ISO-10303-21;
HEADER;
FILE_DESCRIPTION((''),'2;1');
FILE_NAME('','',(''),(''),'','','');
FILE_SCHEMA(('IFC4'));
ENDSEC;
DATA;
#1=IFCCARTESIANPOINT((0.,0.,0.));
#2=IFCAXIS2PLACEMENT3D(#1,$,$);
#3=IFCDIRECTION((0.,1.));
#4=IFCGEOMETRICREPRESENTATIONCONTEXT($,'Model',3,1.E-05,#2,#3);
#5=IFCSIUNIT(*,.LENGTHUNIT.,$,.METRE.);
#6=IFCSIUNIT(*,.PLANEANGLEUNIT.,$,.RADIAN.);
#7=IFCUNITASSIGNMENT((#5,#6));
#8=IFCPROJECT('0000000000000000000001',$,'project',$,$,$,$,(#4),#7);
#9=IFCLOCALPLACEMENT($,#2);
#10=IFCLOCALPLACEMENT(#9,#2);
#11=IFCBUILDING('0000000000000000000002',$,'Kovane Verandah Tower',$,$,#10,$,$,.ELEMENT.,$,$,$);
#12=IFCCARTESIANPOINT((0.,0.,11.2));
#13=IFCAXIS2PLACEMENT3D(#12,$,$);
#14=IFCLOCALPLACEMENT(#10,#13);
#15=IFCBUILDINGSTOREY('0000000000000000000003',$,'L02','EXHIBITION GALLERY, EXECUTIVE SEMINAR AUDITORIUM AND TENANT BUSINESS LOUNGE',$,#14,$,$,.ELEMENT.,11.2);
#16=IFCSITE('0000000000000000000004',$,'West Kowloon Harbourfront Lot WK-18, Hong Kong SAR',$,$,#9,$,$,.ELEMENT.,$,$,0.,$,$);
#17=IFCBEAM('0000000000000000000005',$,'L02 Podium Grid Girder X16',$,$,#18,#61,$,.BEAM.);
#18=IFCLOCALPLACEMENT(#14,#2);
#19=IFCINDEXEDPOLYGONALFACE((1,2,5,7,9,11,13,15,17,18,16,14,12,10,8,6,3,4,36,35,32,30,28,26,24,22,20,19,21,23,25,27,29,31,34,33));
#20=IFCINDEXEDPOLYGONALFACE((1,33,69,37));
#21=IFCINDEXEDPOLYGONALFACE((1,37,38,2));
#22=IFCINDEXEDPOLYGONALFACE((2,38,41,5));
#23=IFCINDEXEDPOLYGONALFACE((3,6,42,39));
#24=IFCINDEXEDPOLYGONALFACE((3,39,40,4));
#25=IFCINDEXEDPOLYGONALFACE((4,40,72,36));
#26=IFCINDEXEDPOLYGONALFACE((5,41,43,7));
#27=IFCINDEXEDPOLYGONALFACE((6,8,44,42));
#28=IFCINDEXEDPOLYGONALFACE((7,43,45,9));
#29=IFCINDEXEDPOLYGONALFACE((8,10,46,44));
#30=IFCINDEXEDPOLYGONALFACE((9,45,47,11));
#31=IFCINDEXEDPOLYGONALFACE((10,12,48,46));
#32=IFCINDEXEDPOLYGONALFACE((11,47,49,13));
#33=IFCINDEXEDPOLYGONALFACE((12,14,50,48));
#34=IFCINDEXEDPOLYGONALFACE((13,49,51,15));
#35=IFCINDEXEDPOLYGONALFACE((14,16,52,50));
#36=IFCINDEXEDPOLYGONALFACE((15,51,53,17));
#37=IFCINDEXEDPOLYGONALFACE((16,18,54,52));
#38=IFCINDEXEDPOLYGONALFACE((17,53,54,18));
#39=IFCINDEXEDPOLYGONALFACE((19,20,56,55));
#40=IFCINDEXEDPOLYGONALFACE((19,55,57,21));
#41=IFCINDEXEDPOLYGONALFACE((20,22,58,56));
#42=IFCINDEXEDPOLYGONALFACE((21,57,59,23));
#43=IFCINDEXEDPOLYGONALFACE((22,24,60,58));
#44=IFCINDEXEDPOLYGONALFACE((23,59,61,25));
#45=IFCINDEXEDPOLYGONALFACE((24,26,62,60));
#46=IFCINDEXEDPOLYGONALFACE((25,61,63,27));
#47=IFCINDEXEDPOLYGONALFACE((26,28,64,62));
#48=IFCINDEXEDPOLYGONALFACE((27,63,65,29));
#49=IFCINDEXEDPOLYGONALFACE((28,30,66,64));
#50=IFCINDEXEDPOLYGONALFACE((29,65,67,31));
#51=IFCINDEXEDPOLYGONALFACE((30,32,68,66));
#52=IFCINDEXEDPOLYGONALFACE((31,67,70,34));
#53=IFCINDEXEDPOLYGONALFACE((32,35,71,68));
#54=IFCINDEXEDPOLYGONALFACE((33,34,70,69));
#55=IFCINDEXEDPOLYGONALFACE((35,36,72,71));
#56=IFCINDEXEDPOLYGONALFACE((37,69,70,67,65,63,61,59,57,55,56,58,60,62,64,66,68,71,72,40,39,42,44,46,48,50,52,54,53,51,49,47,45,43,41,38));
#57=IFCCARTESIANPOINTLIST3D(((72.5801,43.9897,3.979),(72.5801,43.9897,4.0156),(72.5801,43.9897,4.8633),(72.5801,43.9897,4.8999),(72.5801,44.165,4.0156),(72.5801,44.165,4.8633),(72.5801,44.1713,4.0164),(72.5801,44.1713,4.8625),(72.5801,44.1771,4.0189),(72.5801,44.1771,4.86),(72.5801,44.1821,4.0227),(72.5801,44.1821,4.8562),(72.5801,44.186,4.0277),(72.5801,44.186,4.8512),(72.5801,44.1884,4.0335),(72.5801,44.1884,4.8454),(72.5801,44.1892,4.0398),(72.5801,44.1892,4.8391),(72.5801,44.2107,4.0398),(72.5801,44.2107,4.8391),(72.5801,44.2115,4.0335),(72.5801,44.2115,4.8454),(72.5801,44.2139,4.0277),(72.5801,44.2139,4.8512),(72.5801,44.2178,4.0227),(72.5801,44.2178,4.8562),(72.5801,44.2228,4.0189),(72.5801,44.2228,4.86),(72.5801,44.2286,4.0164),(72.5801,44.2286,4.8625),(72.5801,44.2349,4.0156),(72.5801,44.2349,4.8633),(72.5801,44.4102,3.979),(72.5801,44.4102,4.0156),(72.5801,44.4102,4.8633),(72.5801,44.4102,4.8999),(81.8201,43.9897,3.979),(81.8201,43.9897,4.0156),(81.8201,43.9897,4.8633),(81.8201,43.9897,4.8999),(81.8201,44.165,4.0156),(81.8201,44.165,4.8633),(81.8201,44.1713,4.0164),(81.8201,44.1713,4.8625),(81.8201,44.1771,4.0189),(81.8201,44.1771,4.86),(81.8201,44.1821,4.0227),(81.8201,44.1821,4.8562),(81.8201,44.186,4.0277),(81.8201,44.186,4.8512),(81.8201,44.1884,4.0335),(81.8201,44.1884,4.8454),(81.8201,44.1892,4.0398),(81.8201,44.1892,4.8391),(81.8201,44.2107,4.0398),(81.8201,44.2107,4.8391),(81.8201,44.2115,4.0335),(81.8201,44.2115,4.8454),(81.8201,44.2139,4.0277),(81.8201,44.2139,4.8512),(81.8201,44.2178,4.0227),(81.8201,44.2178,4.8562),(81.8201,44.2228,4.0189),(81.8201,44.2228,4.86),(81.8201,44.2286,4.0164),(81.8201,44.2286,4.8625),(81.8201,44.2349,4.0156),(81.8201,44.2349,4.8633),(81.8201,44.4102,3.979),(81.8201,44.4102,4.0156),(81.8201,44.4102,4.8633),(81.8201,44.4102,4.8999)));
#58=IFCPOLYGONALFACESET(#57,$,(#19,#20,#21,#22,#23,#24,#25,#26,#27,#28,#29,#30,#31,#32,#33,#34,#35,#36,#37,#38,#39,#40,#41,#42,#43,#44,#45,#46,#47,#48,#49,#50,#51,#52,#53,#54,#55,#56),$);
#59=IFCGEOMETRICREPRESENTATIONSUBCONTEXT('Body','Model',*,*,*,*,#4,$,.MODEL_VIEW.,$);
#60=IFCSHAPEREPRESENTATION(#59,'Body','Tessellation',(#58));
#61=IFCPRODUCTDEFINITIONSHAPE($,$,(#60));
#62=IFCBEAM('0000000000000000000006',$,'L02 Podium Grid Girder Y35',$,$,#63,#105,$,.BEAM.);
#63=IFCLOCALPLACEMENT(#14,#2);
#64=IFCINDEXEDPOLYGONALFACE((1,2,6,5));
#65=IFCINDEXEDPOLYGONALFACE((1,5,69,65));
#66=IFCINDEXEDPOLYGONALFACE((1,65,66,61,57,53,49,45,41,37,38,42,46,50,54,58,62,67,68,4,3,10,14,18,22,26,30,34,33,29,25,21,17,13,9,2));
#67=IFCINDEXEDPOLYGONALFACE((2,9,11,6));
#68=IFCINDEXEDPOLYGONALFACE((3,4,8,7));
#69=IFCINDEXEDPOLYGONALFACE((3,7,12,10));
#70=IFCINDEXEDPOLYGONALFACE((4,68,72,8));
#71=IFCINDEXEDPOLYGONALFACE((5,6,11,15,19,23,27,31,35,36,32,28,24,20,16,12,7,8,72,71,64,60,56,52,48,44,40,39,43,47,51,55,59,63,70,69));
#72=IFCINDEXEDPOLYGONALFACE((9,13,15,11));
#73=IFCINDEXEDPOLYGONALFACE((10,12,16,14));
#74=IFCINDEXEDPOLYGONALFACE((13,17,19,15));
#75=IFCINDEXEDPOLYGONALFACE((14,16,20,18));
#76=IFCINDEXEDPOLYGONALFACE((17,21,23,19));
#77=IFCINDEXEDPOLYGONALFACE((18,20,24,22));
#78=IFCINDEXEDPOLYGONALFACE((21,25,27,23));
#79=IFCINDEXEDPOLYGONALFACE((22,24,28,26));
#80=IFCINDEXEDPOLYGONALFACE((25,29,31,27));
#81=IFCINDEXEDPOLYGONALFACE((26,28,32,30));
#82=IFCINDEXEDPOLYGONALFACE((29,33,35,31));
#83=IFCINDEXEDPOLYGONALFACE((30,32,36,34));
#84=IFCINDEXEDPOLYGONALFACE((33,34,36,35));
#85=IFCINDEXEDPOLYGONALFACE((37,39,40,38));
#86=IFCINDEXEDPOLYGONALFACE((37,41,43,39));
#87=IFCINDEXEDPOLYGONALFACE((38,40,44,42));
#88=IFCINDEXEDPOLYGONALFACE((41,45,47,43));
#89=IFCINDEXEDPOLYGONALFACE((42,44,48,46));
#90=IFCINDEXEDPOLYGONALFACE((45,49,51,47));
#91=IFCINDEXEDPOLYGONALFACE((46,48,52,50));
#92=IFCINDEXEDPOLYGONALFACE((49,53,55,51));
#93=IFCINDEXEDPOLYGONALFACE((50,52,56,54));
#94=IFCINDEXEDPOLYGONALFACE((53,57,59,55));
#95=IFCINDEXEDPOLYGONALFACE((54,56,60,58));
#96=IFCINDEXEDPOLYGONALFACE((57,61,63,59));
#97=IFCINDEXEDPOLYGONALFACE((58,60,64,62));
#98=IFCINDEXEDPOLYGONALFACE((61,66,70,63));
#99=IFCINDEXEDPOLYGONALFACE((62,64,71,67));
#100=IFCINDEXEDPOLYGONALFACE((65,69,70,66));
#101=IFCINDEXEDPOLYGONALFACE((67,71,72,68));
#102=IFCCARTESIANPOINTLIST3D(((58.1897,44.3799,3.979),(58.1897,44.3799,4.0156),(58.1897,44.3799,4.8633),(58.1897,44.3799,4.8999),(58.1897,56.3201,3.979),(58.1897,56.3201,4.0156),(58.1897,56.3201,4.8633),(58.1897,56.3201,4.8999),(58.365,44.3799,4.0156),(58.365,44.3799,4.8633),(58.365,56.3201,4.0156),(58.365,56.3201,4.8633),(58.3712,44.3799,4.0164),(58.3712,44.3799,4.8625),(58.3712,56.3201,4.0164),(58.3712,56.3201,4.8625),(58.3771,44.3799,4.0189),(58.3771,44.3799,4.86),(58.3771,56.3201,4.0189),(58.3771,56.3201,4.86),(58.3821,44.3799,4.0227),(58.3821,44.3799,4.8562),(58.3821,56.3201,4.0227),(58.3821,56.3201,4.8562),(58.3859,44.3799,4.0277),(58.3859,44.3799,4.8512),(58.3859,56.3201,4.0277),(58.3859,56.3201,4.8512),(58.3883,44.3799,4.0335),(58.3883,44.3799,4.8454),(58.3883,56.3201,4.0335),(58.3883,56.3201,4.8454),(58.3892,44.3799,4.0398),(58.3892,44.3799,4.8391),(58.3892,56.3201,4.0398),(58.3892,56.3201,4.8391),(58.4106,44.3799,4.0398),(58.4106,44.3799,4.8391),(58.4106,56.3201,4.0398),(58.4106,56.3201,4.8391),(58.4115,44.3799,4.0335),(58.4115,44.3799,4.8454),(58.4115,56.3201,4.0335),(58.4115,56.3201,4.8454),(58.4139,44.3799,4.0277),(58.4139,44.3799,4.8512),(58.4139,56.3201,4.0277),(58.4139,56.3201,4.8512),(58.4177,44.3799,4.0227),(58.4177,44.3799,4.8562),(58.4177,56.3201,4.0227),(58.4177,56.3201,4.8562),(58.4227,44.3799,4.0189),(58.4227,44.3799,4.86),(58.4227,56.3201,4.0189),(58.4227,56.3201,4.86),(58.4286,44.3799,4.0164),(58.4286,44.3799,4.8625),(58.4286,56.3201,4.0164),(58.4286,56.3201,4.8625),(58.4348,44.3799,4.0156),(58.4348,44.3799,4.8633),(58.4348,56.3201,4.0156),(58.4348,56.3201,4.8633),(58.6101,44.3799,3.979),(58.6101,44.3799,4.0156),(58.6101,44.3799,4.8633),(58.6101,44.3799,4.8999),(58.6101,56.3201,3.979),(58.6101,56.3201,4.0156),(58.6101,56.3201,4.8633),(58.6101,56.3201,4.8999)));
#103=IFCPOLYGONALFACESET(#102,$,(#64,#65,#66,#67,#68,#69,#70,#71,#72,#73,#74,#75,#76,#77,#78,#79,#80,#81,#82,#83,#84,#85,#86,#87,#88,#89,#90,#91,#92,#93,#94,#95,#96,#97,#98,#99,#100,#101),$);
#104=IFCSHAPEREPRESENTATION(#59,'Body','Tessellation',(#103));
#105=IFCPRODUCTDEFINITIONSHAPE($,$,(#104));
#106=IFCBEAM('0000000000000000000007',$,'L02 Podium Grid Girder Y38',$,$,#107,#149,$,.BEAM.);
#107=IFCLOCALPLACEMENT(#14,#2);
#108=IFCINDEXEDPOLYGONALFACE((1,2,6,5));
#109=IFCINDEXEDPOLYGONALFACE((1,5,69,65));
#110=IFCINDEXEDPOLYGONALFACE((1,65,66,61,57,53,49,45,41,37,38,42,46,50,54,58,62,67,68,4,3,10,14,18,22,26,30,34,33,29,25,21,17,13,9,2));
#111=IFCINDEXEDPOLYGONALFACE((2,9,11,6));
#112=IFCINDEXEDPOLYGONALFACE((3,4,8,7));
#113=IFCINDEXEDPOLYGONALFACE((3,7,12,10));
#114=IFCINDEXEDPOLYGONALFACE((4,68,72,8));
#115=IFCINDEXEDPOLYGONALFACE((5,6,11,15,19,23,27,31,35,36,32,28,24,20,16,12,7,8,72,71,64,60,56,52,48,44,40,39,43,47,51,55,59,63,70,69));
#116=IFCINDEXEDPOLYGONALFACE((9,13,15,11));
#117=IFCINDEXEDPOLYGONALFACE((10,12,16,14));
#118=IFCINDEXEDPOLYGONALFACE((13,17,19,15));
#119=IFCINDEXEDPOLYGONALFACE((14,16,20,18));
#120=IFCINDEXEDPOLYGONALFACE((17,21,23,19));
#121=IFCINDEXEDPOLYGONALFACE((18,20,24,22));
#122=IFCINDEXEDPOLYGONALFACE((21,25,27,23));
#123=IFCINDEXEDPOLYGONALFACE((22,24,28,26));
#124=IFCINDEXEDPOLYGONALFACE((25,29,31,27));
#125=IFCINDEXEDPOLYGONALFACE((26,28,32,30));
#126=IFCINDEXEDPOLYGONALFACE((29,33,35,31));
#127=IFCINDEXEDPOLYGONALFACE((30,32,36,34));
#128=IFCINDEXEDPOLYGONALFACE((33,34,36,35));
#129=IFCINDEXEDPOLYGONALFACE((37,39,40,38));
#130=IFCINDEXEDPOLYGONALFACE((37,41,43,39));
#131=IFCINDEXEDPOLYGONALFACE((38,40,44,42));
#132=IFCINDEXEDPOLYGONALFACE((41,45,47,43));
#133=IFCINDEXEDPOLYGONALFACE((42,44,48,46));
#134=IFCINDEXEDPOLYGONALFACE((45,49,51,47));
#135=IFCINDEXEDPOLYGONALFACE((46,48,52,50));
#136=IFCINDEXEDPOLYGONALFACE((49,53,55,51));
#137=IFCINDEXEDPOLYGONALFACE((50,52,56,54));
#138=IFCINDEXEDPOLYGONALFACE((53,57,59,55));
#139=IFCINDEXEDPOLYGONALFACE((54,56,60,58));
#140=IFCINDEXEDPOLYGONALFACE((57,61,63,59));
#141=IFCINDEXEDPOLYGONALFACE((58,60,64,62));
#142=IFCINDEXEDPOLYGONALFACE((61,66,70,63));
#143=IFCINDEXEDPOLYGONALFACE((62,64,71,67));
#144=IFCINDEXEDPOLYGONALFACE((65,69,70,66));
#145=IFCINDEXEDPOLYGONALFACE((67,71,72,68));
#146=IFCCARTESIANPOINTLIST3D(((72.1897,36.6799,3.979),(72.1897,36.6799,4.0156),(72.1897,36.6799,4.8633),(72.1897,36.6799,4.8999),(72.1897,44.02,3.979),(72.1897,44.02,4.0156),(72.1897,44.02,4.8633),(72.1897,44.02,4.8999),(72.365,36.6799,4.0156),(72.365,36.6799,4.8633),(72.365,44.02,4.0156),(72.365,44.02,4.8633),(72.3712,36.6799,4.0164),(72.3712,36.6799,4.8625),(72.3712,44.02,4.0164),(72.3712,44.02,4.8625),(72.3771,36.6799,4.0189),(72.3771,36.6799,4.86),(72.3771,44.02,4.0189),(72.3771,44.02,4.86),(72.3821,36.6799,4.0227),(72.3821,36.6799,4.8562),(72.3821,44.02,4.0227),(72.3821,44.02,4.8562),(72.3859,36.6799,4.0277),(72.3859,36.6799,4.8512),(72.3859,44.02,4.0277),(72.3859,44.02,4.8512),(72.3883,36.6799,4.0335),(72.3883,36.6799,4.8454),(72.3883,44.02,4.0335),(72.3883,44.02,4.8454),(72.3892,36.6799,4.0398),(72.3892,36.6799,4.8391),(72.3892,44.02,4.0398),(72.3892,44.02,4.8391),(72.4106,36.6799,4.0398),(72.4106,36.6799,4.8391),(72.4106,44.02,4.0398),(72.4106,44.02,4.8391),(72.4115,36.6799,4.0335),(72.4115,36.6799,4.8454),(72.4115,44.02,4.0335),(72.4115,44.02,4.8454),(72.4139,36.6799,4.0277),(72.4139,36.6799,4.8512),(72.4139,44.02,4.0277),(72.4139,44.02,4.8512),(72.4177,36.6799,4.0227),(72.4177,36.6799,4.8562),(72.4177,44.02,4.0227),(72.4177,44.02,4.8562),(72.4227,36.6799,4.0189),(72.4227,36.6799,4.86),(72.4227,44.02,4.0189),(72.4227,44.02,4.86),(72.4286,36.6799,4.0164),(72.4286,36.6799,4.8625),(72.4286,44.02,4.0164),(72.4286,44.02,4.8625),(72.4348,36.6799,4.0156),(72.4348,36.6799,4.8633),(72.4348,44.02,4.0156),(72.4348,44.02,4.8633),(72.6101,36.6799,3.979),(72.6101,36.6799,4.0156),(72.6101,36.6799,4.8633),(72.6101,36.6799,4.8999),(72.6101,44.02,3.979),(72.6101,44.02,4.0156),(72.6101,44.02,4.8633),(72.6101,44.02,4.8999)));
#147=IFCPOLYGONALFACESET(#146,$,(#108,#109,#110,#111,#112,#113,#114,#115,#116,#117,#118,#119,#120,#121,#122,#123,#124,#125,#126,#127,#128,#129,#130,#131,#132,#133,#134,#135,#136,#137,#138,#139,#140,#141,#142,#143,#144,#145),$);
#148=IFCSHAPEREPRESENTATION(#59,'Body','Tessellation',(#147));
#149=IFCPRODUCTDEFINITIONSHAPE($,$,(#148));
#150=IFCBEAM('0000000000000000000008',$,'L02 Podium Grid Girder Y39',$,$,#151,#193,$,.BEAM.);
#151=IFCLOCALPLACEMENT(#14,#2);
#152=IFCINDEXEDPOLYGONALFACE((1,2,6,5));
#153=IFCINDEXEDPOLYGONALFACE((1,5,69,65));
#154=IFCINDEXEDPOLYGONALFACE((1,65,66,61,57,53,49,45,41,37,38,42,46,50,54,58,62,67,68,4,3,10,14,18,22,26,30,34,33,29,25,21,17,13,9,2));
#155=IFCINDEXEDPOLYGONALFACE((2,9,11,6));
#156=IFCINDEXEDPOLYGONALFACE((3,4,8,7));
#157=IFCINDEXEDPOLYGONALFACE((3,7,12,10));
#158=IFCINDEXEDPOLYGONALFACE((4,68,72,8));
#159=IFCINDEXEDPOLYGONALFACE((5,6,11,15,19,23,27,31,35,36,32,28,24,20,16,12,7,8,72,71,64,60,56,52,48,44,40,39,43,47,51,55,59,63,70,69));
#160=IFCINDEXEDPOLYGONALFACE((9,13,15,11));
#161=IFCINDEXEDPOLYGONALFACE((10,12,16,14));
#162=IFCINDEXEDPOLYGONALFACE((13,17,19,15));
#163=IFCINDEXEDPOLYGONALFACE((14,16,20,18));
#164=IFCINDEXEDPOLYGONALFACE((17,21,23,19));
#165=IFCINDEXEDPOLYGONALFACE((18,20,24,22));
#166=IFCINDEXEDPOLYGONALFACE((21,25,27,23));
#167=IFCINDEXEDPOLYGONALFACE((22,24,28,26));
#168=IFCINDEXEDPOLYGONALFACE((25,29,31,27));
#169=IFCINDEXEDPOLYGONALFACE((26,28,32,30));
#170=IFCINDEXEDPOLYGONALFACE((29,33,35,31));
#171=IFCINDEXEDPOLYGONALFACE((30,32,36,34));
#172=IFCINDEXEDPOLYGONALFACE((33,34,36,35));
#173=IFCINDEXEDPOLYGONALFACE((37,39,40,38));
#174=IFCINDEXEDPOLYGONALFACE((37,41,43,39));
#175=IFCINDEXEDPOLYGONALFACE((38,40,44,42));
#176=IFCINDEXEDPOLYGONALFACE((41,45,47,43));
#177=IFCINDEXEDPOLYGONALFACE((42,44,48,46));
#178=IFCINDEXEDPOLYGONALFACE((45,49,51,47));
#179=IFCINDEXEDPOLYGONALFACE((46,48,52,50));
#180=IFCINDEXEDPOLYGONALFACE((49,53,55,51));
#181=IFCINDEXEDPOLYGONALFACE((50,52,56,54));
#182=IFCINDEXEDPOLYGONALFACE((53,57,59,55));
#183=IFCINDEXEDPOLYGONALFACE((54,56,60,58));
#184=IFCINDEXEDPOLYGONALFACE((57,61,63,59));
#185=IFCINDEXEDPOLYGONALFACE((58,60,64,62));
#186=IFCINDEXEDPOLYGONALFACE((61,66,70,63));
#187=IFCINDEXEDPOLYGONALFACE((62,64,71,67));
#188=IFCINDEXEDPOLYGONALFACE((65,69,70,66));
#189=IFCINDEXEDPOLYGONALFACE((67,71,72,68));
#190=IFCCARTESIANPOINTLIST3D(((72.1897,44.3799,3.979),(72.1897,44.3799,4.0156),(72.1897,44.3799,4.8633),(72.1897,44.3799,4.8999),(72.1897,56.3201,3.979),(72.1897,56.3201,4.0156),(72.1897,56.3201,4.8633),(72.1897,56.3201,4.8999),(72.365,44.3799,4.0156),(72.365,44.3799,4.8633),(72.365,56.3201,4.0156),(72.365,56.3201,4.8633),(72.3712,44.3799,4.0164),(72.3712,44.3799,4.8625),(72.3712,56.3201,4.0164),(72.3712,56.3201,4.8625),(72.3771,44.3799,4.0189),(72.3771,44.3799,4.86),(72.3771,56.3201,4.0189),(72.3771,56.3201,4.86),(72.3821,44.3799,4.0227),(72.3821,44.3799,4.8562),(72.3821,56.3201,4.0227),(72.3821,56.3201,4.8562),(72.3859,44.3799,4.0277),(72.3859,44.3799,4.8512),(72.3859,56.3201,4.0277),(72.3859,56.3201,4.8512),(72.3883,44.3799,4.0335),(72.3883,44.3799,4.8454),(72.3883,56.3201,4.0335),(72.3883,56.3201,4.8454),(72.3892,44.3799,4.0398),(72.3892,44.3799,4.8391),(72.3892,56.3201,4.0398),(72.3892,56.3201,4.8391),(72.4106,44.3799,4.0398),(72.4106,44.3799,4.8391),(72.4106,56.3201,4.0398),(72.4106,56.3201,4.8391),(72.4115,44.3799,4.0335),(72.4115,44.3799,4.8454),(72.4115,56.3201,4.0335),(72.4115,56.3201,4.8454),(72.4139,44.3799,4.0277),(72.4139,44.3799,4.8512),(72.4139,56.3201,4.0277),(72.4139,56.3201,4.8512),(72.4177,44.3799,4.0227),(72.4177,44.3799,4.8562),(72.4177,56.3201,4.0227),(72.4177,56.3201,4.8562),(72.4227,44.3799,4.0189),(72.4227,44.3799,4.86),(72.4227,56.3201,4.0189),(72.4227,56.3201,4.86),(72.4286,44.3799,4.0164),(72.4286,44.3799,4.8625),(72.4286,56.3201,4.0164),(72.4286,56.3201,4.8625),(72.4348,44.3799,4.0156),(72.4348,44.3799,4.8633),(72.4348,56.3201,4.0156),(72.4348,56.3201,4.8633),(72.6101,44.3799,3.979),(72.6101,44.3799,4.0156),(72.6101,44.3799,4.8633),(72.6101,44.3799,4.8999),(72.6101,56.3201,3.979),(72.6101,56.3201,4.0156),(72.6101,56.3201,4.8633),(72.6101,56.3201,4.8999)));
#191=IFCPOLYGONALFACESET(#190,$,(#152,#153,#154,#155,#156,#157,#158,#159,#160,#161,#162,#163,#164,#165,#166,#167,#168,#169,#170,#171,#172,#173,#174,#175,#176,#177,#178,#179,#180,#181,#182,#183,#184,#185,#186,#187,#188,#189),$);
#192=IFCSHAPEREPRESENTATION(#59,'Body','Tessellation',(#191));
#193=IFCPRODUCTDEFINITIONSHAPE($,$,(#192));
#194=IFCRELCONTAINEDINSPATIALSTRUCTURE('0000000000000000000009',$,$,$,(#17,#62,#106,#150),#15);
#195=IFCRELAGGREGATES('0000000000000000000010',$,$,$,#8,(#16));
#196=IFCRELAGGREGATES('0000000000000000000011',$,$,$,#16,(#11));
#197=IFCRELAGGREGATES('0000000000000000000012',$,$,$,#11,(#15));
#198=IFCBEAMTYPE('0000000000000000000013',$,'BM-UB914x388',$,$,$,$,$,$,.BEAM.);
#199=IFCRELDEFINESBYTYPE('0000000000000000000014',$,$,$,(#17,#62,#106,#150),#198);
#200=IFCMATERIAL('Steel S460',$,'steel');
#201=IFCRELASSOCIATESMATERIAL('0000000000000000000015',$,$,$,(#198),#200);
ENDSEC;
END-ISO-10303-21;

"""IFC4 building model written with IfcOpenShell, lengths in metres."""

from ifc_helpers import new_model, si_unit, direction, frame, origin, origin_2d, place, context, subcontext, project, spatial, i_section, extrude, material, material_profile, profile_set, type_object, element, save


model = new_model("IFC4")

# Units and contexts
model_context = context("Model", 3, precision=1e-05, world=origin(), true_north=direction((0.0, 1.0)))
body_context = subcontext(model_context, "Body", "Model", "MODEL_VIEW")
ifc_project = project(units=[si_unit("LENGTHUNIT", "METRE"), si_unit("PLANEANGLEUNIT", "RADIAN")], contexts=[model_context])

# Site, building, storey
site_placement = place(None, origin())
site = spatial("IfcSite", under=ifc_project, at=site_placement, Name="West Kowloon Harbourfront Lot WK-18, Hong Kong SAR", CompositionType="ELEMENT", RefElevation=0.0)
building_placement = place(site_placement, origin())
building = spatial("IfcBuilding", under=site, at=building_placement, Name="Kovane Verandah Tower", CompositionType="ELEMENT")
storey_placement = place(building_placement, frame((0.0, 0.0, 11.2)))
storey = spatial("IfcBuildingStorey", under=building, at=storey_placement, Name="L02", Description="EXHIBITION GALLERY, EXECUTIVE SEMINAR AUDITORIUM AND TENANT BUSINESS LOUNGE", CompositionType="ELEMENT", Elevation=11.2)

# Shared definitions
ifc_material_1 = material(Name="Steel S460", Category="steel")

# Beams
ifc_material_profile_1 = material_profile(ifc_material_1, i_section(OverallWidth=0.4204, OverallDepth=0.9209, WebThickness=0.0215, FlangeThickness=0.0366, FilletRadius=0.0242, at=origin_2d()), Name="UB914x419x388")
ifc_profile_set_1 = profile_set([ifc_material_profile_1], Name="Steel S460")
beam_type = type_object("IfcBeamType", Name="BM-UB914x388", PredefinedType="BEAM", material=ifc_profile_set_1)
beam_1_placement = place(storey_placement, frame((72.5801, 44.2, 4.4395), z_axis=(1.0, 0.0, 0.0), x_axis=(0.0, 1.0, 0.0)))
element("IfcBeam", 1, at=beam_1_placement, inside=storey, type_object=beam_type, Name="L02 Podium Grid Girder X16", PredefinedType="BEAM", context=body_context, shape_type="SweptSolid", body=[
    extrude(i_section(OverallWidth=0.4204, OverallDepth=0.9209, WebThickness=0.0215, FlangeThickness=0.0366, FilletRadius=0.0242, at=origin_2d()), origin(), (0.0, 0.0, 1.0), 9.24),
])
beam_2_placement = place(storey_placement, frame((58.3999, 44.3799, 4.4395), z_axis=(0.0, 1.0, 0.0), x_axis=(-1.0, 0.0, 0.0)))
element("IfcBeam", 2, at=beam_2_placement, inside=storey, type_object=beam_type, Name="L02 Podium Grid Girder Y35", PredefinedType="BEAM", context=body_context, shape_type="SweptSolid", body=[
    extrude(i_section(OverallWidth=0.4204, OverallDepth=0.9209, WebThickness=0.0215, FlangeThickness=0.0366, FilletRadius=0.0242, at=origin_2d()), origin(), (0.0, 0.0, 1.0), 11.9402),
])
beam_3_placement = place(storey_placement, frame((72.3999, 36.6799, 4.4395), z_axis=(0.0, 1.0, 0.0), x_axis=(-1.0, 0.0, 0.0)))
element("IfcBeam", 3, at=beam_3_placement, inside=storey, type_object=beam_type, Name="L02 Podium Grid Girder Y38", PredefinedType="BEAM", context=body_context, shape_type="SweptSolid", body=[
    extrude(i_section(OverallWidth=0.4204, OverallDepth=0.9209, WebThickness=0.0215, FlangeThickness=0.0366, FilletRadius=0.0242, at=origin_2d()), origin(), (0.0, 0.0, 1.0), 7.3401),
])
beam_4_placement = place(storey_placement, frame((72.3999, 44.3799, 4.4395), z_axis=(0.0, 1.0, 0.0), x_axis=(-1.0, 0.0, 0.0)))
element("IfcBeam", 4, at=beam_4_placement, inside=storey, type_object=beam_type, Name="L02 Podium Grid Girder Y39", PredefinedType="BEAM", context=body_context, shape_type="SweptSolid", body=[
    extrude(i_section(OverallWidth=0.4204, OverallDepth=0.9209, WebThickness=0.0215, FlangeThickness=0.0366, FilletRadius=0.0242, at=origin_2d()), origin(), (0.0, 0.0, 1.0), 11.9402),
])

save(model, "model.ifc")
